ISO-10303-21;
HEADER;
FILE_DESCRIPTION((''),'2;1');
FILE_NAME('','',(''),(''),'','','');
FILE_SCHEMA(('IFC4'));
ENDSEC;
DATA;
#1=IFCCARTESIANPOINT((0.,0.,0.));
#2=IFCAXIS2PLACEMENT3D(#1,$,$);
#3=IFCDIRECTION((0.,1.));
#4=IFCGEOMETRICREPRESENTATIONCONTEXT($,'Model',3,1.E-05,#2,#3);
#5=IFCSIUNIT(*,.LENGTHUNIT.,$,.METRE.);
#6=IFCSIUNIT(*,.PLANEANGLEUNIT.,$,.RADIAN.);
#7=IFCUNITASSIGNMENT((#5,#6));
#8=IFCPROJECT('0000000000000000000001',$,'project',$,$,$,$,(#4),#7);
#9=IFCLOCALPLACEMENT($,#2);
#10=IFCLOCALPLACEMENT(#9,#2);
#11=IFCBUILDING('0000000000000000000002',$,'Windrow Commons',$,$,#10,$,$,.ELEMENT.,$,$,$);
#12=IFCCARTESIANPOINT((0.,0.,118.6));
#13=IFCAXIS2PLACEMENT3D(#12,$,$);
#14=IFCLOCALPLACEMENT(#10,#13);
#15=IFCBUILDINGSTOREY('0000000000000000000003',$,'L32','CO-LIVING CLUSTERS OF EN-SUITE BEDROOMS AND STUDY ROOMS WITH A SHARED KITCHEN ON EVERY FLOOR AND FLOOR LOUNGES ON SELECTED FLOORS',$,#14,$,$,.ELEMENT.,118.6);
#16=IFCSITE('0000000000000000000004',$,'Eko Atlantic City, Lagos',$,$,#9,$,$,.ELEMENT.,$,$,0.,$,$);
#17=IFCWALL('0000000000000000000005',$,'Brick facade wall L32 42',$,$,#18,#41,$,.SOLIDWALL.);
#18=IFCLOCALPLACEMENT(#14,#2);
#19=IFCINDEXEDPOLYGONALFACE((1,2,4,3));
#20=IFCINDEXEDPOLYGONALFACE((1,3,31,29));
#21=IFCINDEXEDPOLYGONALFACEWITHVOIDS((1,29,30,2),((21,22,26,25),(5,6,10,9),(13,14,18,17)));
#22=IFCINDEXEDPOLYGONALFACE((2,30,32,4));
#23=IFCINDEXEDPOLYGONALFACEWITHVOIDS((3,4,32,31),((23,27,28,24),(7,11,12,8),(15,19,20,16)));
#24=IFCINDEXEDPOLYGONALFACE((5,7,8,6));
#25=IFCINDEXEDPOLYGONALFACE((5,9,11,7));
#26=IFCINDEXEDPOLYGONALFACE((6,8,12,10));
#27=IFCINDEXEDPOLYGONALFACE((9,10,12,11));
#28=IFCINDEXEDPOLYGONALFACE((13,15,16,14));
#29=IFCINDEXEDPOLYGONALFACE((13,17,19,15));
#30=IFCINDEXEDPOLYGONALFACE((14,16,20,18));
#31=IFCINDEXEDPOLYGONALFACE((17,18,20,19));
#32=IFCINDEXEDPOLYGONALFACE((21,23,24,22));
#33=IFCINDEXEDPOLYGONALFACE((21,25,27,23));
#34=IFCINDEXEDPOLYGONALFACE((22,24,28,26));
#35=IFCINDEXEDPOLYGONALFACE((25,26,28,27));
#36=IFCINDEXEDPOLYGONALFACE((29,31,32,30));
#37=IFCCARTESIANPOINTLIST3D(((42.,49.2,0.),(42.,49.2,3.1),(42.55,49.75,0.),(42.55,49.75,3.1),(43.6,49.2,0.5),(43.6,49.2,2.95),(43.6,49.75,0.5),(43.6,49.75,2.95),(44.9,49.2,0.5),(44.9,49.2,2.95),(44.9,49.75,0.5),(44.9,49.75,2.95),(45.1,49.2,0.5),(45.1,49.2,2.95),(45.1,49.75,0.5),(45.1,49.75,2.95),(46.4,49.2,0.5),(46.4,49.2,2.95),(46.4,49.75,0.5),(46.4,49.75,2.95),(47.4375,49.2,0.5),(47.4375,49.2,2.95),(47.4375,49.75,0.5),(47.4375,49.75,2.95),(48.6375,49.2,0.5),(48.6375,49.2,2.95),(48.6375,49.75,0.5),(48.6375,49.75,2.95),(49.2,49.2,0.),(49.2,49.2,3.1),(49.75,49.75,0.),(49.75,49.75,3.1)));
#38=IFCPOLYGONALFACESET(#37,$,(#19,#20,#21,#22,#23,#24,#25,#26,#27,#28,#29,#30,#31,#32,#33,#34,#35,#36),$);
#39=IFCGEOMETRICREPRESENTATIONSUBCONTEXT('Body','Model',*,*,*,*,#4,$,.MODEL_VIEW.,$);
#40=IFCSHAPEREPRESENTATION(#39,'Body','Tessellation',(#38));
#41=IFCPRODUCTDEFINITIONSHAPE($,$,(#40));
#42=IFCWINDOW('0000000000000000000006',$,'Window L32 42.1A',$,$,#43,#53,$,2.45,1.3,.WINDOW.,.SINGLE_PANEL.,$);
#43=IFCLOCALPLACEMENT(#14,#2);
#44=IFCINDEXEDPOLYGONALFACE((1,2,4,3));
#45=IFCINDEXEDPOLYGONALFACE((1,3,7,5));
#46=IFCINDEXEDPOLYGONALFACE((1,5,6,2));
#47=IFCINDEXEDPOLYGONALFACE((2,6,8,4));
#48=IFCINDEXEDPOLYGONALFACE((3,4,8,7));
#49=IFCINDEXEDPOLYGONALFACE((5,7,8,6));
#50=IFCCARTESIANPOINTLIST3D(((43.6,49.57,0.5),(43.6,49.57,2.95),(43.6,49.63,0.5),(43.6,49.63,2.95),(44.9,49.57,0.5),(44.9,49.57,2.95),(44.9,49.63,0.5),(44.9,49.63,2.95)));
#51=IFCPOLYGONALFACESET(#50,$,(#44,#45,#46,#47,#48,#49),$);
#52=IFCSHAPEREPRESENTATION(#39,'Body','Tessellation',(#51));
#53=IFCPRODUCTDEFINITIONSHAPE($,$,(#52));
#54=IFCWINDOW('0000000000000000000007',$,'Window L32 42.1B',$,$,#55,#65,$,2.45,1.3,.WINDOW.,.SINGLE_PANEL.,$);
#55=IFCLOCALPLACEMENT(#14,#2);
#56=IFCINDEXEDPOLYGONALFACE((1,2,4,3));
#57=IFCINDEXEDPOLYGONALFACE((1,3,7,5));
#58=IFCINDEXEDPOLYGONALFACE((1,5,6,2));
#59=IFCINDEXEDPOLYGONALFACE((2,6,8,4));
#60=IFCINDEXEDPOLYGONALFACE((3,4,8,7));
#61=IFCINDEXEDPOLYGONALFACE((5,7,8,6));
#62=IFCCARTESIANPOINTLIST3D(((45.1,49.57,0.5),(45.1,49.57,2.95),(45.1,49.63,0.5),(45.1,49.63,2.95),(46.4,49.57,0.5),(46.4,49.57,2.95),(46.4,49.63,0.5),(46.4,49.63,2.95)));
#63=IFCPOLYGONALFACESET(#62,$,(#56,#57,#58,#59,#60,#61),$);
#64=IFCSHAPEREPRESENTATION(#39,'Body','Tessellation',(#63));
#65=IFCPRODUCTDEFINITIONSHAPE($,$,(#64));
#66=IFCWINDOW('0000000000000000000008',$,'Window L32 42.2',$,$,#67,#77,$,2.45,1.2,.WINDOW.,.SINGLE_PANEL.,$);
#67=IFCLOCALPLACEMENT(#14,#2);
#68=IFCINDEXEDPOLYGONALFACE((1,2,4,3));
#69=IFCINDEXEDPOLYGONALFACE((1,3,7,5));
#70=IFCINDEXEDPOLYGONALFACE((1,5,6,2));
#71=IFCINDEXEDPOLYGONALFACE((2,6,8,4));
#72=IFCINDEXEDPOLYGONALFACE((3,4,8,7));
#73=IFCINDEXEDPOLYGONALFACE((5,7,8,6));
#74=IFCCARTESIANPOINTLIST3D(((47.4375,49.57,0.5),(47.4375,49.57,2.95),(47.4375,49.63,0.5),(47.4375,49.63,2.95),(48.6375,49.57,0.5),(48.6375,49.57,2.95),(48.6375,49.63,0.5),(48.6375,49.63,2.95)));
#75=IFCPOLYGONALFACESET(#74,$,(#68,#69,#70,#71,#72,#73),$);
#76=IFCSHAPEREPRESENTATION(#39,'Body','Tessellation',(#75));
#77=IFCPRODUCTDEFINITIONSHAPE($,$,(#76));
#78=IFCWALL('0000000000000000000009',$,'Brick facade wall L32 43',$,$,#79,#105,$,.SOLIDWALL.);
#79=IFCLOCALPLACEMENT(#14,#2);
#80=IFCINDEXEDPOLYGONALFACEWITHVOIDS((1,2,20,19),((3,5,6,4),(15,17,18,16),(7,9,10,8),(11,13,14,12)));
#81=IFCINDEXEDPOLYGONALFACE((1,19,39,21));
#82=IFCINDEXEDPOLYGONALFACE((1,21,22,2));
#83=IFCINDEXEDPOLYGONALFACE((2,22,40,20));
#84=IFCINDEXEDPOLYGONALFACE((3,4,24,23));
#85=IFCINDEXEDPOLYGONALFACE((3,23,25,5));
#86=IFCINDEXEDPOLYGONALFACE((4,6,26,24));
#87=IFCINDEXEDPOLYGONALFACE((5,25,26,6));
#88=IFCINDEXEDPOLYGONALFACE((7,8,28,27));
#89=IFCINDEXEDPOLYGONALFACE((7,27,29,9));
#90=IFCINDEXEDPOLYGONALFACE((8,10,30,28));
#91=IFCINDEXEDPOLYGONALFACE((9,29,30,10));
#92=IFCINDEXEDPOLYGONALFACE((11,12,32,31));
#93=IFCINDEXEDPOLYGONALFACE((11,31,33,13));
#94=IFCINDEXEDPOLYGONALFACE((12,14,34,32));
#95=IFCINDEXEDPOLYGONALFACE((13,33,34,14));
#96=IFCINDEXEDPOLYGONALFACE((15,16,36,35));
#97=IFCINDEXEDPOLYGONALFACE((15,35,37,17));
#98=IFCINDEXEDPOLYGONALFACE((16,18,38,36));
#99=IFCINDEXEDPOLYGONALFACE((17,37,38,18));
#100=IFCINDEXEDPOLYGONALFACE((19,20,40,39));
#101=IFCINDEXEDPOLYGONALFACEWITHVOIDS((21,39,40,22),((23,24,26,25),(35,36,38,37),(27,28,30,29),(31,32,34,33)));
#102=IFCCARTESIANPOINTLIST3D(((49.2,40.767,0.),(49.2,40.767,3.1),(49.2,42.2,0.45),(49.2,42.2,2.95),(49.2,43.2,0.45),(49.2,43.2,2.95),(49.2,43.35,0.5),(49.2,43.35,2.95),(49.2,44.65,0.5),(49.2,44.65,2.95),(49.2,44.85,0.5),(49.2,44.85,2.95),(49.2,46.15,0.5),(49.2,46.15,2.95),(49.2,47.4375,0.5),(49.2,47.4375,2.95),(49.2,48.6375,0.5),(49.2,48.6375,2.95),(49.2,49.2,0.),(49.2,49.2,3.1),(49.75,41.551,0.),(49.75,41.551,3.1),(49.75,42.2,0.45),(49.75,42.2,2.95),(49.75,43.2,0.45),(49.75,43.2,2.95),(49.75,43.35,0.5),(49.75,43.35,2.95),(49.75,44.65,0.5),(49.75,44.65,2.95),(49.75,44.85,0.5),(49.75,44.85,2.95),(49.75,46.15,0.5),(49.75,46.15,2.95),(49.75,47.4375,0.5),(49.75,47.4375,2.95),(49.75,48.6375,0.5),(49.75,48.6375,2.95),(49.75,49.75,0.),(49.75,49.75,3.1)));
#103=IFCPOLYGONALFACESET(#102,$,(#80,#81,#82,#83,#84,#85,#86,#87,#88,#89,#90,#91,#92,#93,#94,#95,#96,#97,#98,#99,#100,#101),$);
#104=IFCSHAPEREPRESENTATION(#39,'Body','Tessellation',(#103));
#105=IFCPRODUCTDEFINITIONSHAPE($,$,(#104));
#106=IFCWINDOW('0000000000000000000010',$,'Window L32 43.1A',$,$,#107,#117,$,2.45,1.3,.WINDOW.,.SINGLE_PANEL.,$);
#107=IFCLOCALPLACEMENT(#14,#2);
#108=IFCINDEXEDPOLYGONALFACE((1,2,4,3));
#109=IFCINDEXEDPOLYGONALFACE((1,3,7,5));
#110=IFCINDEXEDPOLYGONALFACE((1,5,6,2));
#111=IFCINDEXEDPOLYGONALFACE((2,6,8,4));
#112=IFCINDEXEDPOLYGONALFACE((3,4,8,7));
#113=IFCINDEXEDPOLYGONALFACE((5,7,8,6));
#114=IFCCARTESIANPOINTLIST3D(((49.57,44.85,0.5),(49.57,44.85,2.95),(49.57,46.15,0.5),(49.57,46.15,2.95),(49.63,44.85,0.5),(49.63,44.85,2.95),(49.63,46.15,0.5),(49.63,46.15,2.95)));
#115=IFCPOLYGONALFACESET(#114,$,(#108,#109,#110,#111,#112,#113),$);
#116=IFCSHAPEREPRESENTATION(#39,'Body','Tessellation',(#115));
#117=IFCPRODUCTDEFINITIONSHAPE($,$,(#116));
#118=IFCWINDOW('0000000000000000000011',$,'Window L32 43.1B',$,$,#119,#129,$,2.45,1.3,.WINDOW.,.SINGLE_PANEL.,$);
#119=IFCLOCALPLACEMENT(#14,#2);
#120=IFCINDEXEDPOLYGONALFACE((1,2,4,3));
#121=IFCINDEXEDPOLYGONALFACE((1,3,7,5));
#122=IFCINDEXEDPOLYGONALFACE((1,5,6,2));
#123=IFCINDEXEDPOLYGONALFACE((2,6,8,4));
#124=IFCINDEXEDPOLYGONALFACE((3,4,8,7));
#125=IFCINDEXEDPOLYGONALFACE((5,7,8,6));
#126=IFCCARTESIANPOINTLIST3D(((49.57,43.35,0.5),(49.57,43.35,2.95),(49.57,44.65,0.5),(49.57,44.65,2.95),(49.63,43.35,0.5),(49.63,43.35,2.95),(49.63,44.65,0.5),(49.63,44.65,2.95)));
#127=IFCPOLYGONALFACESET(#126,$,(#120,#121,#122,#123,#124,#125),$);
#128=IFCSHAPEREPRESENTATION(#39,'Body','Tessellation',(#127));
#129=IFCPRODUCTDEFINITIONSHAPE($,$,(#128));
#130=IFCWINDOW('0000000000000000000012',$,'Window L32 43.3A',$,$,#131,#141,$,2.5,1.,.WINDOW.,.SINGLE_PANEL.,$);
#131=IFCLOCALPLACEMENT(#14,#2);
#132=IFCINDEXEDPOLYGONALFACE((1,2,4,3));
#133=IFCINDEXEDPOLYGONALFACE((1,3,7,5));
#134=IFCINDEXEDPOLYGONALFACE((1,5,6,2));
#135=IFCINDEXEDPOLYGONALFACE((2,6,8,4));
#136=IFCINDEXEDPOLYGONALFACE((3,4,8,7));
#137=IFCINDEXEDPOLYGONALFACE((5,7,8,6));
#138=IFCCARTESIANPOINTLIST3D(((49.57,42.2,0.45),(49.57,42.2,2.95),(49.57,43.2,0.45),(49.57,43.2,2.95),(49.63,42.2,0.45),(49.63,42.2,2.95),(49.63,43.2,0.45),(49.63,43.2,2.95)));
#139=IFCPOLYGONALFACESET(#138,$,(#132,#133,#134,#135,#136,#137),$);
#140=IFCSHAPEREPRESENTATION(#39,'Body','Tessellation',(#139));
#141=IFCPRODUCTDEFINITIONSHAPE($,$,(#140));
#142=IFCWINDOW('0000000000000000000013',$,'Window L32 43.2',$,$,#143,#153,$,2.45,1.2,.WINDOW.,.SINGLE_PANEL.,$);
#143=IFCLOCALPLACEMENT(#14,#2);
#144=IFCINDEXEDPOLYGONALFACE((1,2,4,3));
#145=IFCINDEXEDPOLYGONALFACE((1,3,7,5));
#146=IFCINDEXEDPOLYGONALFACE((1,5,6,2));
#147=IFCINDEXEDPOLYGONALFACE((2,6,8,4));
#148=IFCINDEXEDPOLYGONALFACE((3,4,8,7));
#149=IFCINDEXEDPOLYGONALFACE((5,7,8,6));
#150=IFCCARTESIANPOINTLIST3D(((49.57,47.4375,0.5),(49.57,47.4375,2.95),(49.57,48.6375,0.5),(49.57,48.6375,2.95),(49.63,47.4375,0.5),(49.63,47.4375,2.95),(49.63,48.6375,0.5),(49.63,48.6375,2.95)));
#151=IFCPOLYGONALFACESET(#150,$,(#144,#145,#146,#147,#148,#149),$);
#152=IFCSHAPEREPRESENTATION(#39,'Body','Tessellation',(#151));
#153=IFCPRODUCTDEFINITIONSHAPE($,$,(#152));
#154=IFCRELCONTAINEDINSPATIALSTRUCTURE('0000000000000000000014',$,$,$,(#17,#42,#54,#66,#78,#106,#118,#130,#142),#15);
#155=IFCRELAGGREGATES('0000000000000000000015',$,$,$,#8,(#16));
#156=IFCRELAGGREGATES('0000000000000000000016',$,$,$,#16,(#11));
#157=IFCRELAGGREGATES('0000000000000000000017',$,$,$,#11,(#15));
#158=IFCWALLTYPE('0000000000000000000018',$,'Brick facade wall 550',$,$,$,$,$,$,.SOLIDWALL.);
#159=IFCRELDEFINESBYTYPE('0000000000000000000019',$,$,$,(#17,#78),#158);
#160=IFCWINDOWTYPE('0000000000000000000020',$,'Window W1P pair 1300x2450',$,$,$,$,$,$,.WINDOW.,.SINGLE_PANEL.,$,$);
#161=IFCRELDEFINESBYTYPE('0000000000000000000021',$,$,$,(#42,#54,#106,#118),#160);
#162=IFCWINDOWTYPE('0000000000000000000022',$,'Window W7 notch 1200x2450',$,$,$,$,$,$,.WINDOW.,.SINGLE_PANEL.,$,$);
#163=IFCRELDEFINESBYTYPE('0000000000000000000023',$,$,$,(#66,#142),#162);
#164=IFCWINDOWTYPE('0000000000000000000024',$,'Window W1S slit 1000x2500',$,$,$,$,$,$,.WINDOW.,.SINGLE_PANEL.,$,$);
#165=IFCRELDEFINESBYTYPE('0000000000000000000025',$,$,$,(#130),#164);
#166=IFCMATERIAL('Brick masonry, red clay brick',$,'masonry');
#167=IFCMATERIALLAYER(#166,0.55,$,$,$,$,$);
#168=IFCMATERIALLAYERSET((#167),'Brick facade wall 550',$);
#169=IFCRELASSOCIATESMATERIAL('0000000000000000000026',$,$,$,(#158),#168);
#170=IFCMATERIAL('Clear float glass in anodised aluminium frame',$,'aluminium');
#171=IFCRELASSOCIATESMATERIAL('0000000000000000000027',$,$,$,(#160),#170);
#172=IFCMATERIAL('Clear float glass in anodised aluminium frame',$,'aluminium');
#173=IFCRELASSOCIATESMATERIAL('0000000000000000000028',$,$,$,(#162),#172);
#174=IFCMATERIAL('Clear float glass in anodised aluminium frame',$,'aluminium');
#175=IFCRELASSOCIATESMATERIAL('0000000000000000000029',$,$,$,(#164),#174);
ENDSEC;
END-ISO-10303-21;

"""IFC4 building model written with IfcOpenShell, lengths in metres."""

from ifc_helpers import new_model, si_unit, direction, frame, frame_2d, origin, place, context, subcontext, project, spatial, polyline, rectangle, outline, extrude, material, layer, layer_set, type_object, element, fill, save


model = new_model("IFC4")

# Units and contexts
model_context = context("Model", 3, precision=1e-05, world=origin(), true_north=direction((0.0, 1.0)))
body_context = subcontext(model_context, "Body", "Model", "MODEL_VIEW")
ifc_project = project(units=[si_unit("LENGTHUNIT", "METRE"), si_unit("PLANEANGLEUNIT", "RADIAN")], contexts=[model_context])

# Site, building, storey
site_placement = place(None, origin())
site = spatial("IfcSite", under=ifc_project, at=site_placement, Name="Eko Atlantic City, Lagos", CompositionType="ELEMENT", RefElevation=0.0)
building_placement = place(site_placement, origin())
building = spatial("IfcBuilding", under=site, at=building_placement, Name="Windrow Commons", CompositionType="ELEMENT")
storey_placement = place(building_placement, frame((0.0, 0.0, 118.6)))
storey = spatial("IfcBuildingStorey", under=building, at=storey_placement, Name="L32", Description="CO-LIVING CLUSTERS OF EN-SUITE BEDROOMS AND STUDY ROOMS WITH A SHARED KITCHEN ON EVERY FLOOR AND FLOOR LOUNGES ON SELECTED FLOORS", CompositionType="ELEMENT", Elevation=118.6)

# Walls, openings, windows
ifc_material_1 = material(Name="Brick masonry, red clay brick", Category="masonry")
ifc_layer_1 = layer(ifc_material_1, 0.55)
ifc_layer_set_1 = layer_set([ifc_layer_1], Name="Brick facade wall 550")
wall_type_1 = type_object("IfcWallType", Name="Brick facade wall 550", PredefinedType="SOLIDWALL", material=ifc_layer_set_1)
ifc_material_2 = material(Name="Clear float glass in anodised aluminium frame", Category="aluminium")
window_type_1 = type_object("IfcWindowType", Name="Window W1P pair 1300x2450", PartitioningType="SINGLE_PANEL", PredefinedType="WINDOW", material=ifc_material_2)
ifc_material_3 = material(Name="Clear float glass in anodised aluminium frame", Category="aluminium")
window_type_2 = type_object("IfcWindowType", Name="Window W7 notch 1200x2450", PartitioningType="SINGLE_PANEL", PredefinedType="WINDOW", material=ifc_material_3)
wall_1_placement = place(storey_placement, frame((42.275, 49.475, 0.0), z_axis=(0.0, 0.0, 1.0), x_axis=(1.0, 0.0, 0.0)))
wall_1 = element("IfcWall", 1, at=wall_1_placement, inside=storey, type_object=wall_type_1, Name="Brick facade wall L32 42", PredefinedType="SOLIDWALL", context=body_context, shape_type="SweptSolid", body=[
    extrude(outline(polyline([(-0.275, -0.275), (6.925, -0.275), (7.475, 0.275), (0.275, 0.275), (-0.275, -0.275)])), origin(), (0.0, 0.0, 1.0), 3.1),
])
opening_1_placement = place(wall_1_placement, frame((1.325, 0.0, 0.5)))
opening_1 = element("IfcOpeningElement", 2, at=opening_1_placement, cuts=wall_1, PredefinedType="OPENING", context=body_context, shape_type="SweptSolid", body=[
    extrude(rectangle(XDim=1.3, YDim=2.45, at=frame_2d((0.65, 1.225))), frame((0.0, 0.285, 0.0), z_axis=(0.0, -1.0, 0.0), x_axis=(1.0, 0.0, 0.0)), (0.0, 0.0, 1.0), 0.57),
])
opening_2_placement = place(wall_1_placement, frame((2.825, 0.0, 0.5)))
opening_2 = element("IfcOpeningElement", 3, at=opening_2_placement, cuts=wall_1, PredefinedType="OPENING", context=body_context, shape_type="SweptSolid", body=[
    extrude(rectangle(XDim=1.3, YDim=2.45, at=frame_2d((0.65, 1.225))), frame((0.0, 0.285, 0.0), z_axis=(0.0, -1.0, 0.0), x_axis=(1.0, 0.0, 0.0)), (0.0, 0.0, 1.0), 0.57),
])
opening_3_placement = place(wall_1_placement, frame((5.1625, 0.0, 0.5)))
opening_3 = element("IfcOpeningElement", 4, at=opening_3_placement, cuts=wall_1, PredefinedType="OPENING", context=body_context, shape_type="SweptSolid", body=[
    extrude(rectangle(XDim=1.2, YDim=2.45, at=frame_2d((0.6, 1.225))), frame((0.0, 0.285, 0.0), z_axis=(0.0, -1.0, 0.0), x_axis=(1.0, 0.0, 0.0)), (0.0, 0.0, 1.0), 0.57),
])
window_1_placement = place(opening_1_placement, origin())
window_1 = element("IfcWindow", 5, at=window_1_placement, inside=storey, type_object=window_type_1, Name="Window L32 42.1A", OverallHeight=2.45, OverallWidth=1.3, PartitioningType="SINGLE_PANEL", PredefinedType="WINDOW", context=body_context, shape_type="SweptSolid", body=[
    extrude(rectangle(XDim=1.3, YDim=2.45, at=frame_2d((0.65, 1.225))), frame((0.0, 0.155, 0.0), z_axis=(0.0, -1.0, 0.0), x_axis=(1.0, 0.0, 0.0)), (0.0, 0.0, 1.0), 0.06),
])
fill(opening_1, window_1)
window_2_placement = place(opening_2_placement, origin())
window_2 = element("IfcWindow", 6, at=window_2_placement, inside=storey, type_object=window_type_1, Name="Window L32 42.1B", OverallHeight=2.45, OverallWidth=1.3, PartitioningType="SINGLE_PANEL", PredefinedType="WINDOW", context=body_context, shape_type="SweptSolid", body=[
    extrude(rectangle(XDim=1.3, YDim=2.45, at=frame_2d((0.65, 1.225))), frame((0.0, 0.155, 0.0), z_axis=(0.0, -1.0, 0.0), x_axis=(1.0, 0.0, 0.0)), (0.0, 0.0, 1.0), 0.06),
])
fill(opening_2, window_2)
window_3_placement = place(opening_3_placement, origin())
window_3 = element("IfcWindow", 7, at=window_3_placement, inside=storey, type_object=window_type_2, Name="Window L32 42.2", OverallHeight=2.45, OverallWidth=1.2, PartitioningType="SINGLE_PANEL", PredefinedType="WINDOW", context=body_context, shape_type="SweptSolid", body=[
    extrude(rectangle(XDim=1.2, YDim=2.45, at=frame_2d((0.6, 1.225))), frame((0.0, 0.155, 0.0), z_axis=(0.0, -1.0, 0.0), x_axis=(1.0, 0.0, 0.0)), (0.0, 0.0, 1.0), 0.06),
])
fill(opening_3, window_3)
wall_2_placement = place(storey_placement, frame((49.475, 49.475, 0.0), z_axis=(0.0, 0.0, 1.0), x_axis=(0.0, -1.0, 0.0)))
wall_2 = element("IfcWall", 8, at=wall_2_placement, inside=storey, type_object=wall_type_1, Name="Brick facade wall L32 43", PredefinedType="SOLIDWALL", context=body_context, shape_type="SweptSolid", body=[
    extrude(outline(polyline([(0.275, -0.275), (8.708, -0.275), (7.924, 0.275), (-0.275, 0.275), (0.275, -0.275)])), origin(), (0.0, 0.0, 1.0), 3.1),
])
opening_4_placement = place(wall_2_placement, frame((3.325, 0.0, 0.5)))
opening_4 = element("IfcOpeningElement", 9, at=opening_4_placement, cuts=wall_2, PredefinedType="OPENING", context=body_context, shape_type="SweptSolid", body=[
    extrude(rectangle(XDim=1.3, YDim=2.45, at=frame_2d((0.65, 1.225))), frame((0.0, 0.285, 0.0), z_axis=(0.0, -1.0, 0.0), x_axis=(1.0, 0.0, 0.0)), (0.0, 0.0, 1.0), 0.57),
])
opening_5_placement = place(wall_2_placement, frame((4.825, 0.0, 0.5)))
opening_5 = element("IfcOpeningElement", 10, at=opening_5_placement, cuts=wall_2, PredefinedType="OPENING", context=body_context, shape_type="SweptSolid", body=[
    extrude(rectangle(XDim=1.3, YDim=2.45, at=frame_2d((0.65, 1.225))), frame((0.0, 0.285, 0.0), z_axis=(0.0, -1.0, 0.0), x_axis=(1.0, 0.0, 0.0)), (0.0, 0.0, 1.0), 0.57),
])
opening_6_placement = place(wall_2_placement, frame((0.8375, 0.0, 0.5)))
opening_6 = element("IfcOpeningElement", 11, at=opening_6_placement, cuts=wall_2, PredefinedType="OPENING", context=body_context, shape_type="SweptSolid", body=[
    extrude(rectangle(XDim=1.2, YDim=2.45, at=frame_2d((0.6, 1.225))), frame((0.0, 0.285, 0.0), z_axis=(0.0, -1.0, 0.0), x_axis=(1.0, 0.0, 0.0)), (0.0, 0.0, 1.0), 0.57),
])
opening_7_placement = place(wall_2_placement, frame((6.275, 0.0, 0.45)))
opening_7 = element("IfcOpeningElement", 12, at=opening_7_placement, cuts=wall_2, PredefinedType="OPENING", context=body_context, shape_type="SweptSolid", body=[
    extrude(rectangle(XDim=1.0, YDim=2.5, at=frame_2d((0.5, 1.25))), frame((0.0, 0.285, 0.0), z_axis=(0.0, -1.0, 0.0), x_axis=(1.0, 0.0, 0.0)), (0.0, 0.0, 1.0), 0.57),
])
window_4_placement = place(opening_4_placement, origin())
window_4 = element("IfcWindow", 13, at=window_4_placement, inside=storey, type_object=window_type_1, Name="Window L32 43.1A", OverallHeight=2.45, OverallWidth=1.3, PartitioningType="SINGLE_PANEL", PredefinedType="WINDOW", context=body_context, shape_type="SweptSolid", body=[
    extrude(rectangle(XDim=1.3, YDim=2.45, at=frame_2d((0.65, 1.225))), frame((0.0, 0.155, 0.0), z_axis=(0.0, -1.0, 0.0), x_axis=(1.0, 0.0, 0.0)), (0.0, 0.0, 1.0), 0.06),
])
fill(opening_4, window_4)
window_5_placement = place(opening_5_placement, origin())
window_5 = element("IfcWindow", 14, at=window_5_placement, inside=storey, type_object=window_type_1, Name="Window L32 43.1B", OverallHeight=2.45, OverallWidth=1.3, PartitioningType="SINGLE_PANEL", PredefinedType="WINDOW", context=body_context, shape_type="SweptSolid", body=[
    extrude(rectangle(XDim=1.3, YDim=2.45, at=frame_2d((0.65, 1.225))), frame((0.0, 0.155, 0.0), z_axis=(0.0, -1.0, 0.0), x_axis=(1.0, 0.0, 0.0)), (0.0, 0.0, 1.0), 0.06),
])
fill(opening_5, window_5)
ifc_material_4 = material(Name="Clear float glass in anodised aluminium frame", Category="aluminium")
window_type_3 = type_object("IfcWindowType", Name="Window W1S slit 1000x2500", PartitioningType="SINGLE_PANEL", PredefinedType="WINDOW", material=ifc_material_4)
window_6_placement = place(opening_7_placement, origin())
window_6 = element("IfcWindow", 15, at=window_6_placement, inside=storey, type_object=window_type_3, Name="Window L32 43.3A", OverallHeight=2.5, OverallWidth=1.0, PartitioningType="SINGLE_PANEL", PredefinedType="WINDOW", context=body_context, shape_type="SweptSolid", body=[
    extrude(rectangle(XDim=1.0, YDim=2.5, at=frame_2d((0.5, 1.25))), frame((0.0, 0.155, 0.0), z_axis=(0.0, -1.0, 0.0), x_axis=(1.0, 0.0, 0.0)), (0.0, 0.0, 1.0), 0.06),
])
fill(opening_7, window_6)
window_7_placement = place(opening_6_placement, origin())
window_7 = element("IfcWindow", 16, at=window_7_placement, inside=storey, type_object=window_type_2, Name="Window L32 43.2", OverallHeight=2.45, OverallWidth=1.2, PartitioningType="SINGLE_PANEL", PredefinedType="WINDOW", context=body_context, shape_type="SweptSolid", body=[
    extrude(rectangle(XDim=1.2, YDim=2.45, at=frame_2d((0.6, 1.225))), frame((0.0, 0.155, 0.0), z_axis=(0.0, -1.0, 0.0), x_axis=(1.0, 0.0, 0.0)), (0.0, 0.0, 1.0), 0.06),
])
fill(opening_6, window_7)

save(model, "model.ifc")
